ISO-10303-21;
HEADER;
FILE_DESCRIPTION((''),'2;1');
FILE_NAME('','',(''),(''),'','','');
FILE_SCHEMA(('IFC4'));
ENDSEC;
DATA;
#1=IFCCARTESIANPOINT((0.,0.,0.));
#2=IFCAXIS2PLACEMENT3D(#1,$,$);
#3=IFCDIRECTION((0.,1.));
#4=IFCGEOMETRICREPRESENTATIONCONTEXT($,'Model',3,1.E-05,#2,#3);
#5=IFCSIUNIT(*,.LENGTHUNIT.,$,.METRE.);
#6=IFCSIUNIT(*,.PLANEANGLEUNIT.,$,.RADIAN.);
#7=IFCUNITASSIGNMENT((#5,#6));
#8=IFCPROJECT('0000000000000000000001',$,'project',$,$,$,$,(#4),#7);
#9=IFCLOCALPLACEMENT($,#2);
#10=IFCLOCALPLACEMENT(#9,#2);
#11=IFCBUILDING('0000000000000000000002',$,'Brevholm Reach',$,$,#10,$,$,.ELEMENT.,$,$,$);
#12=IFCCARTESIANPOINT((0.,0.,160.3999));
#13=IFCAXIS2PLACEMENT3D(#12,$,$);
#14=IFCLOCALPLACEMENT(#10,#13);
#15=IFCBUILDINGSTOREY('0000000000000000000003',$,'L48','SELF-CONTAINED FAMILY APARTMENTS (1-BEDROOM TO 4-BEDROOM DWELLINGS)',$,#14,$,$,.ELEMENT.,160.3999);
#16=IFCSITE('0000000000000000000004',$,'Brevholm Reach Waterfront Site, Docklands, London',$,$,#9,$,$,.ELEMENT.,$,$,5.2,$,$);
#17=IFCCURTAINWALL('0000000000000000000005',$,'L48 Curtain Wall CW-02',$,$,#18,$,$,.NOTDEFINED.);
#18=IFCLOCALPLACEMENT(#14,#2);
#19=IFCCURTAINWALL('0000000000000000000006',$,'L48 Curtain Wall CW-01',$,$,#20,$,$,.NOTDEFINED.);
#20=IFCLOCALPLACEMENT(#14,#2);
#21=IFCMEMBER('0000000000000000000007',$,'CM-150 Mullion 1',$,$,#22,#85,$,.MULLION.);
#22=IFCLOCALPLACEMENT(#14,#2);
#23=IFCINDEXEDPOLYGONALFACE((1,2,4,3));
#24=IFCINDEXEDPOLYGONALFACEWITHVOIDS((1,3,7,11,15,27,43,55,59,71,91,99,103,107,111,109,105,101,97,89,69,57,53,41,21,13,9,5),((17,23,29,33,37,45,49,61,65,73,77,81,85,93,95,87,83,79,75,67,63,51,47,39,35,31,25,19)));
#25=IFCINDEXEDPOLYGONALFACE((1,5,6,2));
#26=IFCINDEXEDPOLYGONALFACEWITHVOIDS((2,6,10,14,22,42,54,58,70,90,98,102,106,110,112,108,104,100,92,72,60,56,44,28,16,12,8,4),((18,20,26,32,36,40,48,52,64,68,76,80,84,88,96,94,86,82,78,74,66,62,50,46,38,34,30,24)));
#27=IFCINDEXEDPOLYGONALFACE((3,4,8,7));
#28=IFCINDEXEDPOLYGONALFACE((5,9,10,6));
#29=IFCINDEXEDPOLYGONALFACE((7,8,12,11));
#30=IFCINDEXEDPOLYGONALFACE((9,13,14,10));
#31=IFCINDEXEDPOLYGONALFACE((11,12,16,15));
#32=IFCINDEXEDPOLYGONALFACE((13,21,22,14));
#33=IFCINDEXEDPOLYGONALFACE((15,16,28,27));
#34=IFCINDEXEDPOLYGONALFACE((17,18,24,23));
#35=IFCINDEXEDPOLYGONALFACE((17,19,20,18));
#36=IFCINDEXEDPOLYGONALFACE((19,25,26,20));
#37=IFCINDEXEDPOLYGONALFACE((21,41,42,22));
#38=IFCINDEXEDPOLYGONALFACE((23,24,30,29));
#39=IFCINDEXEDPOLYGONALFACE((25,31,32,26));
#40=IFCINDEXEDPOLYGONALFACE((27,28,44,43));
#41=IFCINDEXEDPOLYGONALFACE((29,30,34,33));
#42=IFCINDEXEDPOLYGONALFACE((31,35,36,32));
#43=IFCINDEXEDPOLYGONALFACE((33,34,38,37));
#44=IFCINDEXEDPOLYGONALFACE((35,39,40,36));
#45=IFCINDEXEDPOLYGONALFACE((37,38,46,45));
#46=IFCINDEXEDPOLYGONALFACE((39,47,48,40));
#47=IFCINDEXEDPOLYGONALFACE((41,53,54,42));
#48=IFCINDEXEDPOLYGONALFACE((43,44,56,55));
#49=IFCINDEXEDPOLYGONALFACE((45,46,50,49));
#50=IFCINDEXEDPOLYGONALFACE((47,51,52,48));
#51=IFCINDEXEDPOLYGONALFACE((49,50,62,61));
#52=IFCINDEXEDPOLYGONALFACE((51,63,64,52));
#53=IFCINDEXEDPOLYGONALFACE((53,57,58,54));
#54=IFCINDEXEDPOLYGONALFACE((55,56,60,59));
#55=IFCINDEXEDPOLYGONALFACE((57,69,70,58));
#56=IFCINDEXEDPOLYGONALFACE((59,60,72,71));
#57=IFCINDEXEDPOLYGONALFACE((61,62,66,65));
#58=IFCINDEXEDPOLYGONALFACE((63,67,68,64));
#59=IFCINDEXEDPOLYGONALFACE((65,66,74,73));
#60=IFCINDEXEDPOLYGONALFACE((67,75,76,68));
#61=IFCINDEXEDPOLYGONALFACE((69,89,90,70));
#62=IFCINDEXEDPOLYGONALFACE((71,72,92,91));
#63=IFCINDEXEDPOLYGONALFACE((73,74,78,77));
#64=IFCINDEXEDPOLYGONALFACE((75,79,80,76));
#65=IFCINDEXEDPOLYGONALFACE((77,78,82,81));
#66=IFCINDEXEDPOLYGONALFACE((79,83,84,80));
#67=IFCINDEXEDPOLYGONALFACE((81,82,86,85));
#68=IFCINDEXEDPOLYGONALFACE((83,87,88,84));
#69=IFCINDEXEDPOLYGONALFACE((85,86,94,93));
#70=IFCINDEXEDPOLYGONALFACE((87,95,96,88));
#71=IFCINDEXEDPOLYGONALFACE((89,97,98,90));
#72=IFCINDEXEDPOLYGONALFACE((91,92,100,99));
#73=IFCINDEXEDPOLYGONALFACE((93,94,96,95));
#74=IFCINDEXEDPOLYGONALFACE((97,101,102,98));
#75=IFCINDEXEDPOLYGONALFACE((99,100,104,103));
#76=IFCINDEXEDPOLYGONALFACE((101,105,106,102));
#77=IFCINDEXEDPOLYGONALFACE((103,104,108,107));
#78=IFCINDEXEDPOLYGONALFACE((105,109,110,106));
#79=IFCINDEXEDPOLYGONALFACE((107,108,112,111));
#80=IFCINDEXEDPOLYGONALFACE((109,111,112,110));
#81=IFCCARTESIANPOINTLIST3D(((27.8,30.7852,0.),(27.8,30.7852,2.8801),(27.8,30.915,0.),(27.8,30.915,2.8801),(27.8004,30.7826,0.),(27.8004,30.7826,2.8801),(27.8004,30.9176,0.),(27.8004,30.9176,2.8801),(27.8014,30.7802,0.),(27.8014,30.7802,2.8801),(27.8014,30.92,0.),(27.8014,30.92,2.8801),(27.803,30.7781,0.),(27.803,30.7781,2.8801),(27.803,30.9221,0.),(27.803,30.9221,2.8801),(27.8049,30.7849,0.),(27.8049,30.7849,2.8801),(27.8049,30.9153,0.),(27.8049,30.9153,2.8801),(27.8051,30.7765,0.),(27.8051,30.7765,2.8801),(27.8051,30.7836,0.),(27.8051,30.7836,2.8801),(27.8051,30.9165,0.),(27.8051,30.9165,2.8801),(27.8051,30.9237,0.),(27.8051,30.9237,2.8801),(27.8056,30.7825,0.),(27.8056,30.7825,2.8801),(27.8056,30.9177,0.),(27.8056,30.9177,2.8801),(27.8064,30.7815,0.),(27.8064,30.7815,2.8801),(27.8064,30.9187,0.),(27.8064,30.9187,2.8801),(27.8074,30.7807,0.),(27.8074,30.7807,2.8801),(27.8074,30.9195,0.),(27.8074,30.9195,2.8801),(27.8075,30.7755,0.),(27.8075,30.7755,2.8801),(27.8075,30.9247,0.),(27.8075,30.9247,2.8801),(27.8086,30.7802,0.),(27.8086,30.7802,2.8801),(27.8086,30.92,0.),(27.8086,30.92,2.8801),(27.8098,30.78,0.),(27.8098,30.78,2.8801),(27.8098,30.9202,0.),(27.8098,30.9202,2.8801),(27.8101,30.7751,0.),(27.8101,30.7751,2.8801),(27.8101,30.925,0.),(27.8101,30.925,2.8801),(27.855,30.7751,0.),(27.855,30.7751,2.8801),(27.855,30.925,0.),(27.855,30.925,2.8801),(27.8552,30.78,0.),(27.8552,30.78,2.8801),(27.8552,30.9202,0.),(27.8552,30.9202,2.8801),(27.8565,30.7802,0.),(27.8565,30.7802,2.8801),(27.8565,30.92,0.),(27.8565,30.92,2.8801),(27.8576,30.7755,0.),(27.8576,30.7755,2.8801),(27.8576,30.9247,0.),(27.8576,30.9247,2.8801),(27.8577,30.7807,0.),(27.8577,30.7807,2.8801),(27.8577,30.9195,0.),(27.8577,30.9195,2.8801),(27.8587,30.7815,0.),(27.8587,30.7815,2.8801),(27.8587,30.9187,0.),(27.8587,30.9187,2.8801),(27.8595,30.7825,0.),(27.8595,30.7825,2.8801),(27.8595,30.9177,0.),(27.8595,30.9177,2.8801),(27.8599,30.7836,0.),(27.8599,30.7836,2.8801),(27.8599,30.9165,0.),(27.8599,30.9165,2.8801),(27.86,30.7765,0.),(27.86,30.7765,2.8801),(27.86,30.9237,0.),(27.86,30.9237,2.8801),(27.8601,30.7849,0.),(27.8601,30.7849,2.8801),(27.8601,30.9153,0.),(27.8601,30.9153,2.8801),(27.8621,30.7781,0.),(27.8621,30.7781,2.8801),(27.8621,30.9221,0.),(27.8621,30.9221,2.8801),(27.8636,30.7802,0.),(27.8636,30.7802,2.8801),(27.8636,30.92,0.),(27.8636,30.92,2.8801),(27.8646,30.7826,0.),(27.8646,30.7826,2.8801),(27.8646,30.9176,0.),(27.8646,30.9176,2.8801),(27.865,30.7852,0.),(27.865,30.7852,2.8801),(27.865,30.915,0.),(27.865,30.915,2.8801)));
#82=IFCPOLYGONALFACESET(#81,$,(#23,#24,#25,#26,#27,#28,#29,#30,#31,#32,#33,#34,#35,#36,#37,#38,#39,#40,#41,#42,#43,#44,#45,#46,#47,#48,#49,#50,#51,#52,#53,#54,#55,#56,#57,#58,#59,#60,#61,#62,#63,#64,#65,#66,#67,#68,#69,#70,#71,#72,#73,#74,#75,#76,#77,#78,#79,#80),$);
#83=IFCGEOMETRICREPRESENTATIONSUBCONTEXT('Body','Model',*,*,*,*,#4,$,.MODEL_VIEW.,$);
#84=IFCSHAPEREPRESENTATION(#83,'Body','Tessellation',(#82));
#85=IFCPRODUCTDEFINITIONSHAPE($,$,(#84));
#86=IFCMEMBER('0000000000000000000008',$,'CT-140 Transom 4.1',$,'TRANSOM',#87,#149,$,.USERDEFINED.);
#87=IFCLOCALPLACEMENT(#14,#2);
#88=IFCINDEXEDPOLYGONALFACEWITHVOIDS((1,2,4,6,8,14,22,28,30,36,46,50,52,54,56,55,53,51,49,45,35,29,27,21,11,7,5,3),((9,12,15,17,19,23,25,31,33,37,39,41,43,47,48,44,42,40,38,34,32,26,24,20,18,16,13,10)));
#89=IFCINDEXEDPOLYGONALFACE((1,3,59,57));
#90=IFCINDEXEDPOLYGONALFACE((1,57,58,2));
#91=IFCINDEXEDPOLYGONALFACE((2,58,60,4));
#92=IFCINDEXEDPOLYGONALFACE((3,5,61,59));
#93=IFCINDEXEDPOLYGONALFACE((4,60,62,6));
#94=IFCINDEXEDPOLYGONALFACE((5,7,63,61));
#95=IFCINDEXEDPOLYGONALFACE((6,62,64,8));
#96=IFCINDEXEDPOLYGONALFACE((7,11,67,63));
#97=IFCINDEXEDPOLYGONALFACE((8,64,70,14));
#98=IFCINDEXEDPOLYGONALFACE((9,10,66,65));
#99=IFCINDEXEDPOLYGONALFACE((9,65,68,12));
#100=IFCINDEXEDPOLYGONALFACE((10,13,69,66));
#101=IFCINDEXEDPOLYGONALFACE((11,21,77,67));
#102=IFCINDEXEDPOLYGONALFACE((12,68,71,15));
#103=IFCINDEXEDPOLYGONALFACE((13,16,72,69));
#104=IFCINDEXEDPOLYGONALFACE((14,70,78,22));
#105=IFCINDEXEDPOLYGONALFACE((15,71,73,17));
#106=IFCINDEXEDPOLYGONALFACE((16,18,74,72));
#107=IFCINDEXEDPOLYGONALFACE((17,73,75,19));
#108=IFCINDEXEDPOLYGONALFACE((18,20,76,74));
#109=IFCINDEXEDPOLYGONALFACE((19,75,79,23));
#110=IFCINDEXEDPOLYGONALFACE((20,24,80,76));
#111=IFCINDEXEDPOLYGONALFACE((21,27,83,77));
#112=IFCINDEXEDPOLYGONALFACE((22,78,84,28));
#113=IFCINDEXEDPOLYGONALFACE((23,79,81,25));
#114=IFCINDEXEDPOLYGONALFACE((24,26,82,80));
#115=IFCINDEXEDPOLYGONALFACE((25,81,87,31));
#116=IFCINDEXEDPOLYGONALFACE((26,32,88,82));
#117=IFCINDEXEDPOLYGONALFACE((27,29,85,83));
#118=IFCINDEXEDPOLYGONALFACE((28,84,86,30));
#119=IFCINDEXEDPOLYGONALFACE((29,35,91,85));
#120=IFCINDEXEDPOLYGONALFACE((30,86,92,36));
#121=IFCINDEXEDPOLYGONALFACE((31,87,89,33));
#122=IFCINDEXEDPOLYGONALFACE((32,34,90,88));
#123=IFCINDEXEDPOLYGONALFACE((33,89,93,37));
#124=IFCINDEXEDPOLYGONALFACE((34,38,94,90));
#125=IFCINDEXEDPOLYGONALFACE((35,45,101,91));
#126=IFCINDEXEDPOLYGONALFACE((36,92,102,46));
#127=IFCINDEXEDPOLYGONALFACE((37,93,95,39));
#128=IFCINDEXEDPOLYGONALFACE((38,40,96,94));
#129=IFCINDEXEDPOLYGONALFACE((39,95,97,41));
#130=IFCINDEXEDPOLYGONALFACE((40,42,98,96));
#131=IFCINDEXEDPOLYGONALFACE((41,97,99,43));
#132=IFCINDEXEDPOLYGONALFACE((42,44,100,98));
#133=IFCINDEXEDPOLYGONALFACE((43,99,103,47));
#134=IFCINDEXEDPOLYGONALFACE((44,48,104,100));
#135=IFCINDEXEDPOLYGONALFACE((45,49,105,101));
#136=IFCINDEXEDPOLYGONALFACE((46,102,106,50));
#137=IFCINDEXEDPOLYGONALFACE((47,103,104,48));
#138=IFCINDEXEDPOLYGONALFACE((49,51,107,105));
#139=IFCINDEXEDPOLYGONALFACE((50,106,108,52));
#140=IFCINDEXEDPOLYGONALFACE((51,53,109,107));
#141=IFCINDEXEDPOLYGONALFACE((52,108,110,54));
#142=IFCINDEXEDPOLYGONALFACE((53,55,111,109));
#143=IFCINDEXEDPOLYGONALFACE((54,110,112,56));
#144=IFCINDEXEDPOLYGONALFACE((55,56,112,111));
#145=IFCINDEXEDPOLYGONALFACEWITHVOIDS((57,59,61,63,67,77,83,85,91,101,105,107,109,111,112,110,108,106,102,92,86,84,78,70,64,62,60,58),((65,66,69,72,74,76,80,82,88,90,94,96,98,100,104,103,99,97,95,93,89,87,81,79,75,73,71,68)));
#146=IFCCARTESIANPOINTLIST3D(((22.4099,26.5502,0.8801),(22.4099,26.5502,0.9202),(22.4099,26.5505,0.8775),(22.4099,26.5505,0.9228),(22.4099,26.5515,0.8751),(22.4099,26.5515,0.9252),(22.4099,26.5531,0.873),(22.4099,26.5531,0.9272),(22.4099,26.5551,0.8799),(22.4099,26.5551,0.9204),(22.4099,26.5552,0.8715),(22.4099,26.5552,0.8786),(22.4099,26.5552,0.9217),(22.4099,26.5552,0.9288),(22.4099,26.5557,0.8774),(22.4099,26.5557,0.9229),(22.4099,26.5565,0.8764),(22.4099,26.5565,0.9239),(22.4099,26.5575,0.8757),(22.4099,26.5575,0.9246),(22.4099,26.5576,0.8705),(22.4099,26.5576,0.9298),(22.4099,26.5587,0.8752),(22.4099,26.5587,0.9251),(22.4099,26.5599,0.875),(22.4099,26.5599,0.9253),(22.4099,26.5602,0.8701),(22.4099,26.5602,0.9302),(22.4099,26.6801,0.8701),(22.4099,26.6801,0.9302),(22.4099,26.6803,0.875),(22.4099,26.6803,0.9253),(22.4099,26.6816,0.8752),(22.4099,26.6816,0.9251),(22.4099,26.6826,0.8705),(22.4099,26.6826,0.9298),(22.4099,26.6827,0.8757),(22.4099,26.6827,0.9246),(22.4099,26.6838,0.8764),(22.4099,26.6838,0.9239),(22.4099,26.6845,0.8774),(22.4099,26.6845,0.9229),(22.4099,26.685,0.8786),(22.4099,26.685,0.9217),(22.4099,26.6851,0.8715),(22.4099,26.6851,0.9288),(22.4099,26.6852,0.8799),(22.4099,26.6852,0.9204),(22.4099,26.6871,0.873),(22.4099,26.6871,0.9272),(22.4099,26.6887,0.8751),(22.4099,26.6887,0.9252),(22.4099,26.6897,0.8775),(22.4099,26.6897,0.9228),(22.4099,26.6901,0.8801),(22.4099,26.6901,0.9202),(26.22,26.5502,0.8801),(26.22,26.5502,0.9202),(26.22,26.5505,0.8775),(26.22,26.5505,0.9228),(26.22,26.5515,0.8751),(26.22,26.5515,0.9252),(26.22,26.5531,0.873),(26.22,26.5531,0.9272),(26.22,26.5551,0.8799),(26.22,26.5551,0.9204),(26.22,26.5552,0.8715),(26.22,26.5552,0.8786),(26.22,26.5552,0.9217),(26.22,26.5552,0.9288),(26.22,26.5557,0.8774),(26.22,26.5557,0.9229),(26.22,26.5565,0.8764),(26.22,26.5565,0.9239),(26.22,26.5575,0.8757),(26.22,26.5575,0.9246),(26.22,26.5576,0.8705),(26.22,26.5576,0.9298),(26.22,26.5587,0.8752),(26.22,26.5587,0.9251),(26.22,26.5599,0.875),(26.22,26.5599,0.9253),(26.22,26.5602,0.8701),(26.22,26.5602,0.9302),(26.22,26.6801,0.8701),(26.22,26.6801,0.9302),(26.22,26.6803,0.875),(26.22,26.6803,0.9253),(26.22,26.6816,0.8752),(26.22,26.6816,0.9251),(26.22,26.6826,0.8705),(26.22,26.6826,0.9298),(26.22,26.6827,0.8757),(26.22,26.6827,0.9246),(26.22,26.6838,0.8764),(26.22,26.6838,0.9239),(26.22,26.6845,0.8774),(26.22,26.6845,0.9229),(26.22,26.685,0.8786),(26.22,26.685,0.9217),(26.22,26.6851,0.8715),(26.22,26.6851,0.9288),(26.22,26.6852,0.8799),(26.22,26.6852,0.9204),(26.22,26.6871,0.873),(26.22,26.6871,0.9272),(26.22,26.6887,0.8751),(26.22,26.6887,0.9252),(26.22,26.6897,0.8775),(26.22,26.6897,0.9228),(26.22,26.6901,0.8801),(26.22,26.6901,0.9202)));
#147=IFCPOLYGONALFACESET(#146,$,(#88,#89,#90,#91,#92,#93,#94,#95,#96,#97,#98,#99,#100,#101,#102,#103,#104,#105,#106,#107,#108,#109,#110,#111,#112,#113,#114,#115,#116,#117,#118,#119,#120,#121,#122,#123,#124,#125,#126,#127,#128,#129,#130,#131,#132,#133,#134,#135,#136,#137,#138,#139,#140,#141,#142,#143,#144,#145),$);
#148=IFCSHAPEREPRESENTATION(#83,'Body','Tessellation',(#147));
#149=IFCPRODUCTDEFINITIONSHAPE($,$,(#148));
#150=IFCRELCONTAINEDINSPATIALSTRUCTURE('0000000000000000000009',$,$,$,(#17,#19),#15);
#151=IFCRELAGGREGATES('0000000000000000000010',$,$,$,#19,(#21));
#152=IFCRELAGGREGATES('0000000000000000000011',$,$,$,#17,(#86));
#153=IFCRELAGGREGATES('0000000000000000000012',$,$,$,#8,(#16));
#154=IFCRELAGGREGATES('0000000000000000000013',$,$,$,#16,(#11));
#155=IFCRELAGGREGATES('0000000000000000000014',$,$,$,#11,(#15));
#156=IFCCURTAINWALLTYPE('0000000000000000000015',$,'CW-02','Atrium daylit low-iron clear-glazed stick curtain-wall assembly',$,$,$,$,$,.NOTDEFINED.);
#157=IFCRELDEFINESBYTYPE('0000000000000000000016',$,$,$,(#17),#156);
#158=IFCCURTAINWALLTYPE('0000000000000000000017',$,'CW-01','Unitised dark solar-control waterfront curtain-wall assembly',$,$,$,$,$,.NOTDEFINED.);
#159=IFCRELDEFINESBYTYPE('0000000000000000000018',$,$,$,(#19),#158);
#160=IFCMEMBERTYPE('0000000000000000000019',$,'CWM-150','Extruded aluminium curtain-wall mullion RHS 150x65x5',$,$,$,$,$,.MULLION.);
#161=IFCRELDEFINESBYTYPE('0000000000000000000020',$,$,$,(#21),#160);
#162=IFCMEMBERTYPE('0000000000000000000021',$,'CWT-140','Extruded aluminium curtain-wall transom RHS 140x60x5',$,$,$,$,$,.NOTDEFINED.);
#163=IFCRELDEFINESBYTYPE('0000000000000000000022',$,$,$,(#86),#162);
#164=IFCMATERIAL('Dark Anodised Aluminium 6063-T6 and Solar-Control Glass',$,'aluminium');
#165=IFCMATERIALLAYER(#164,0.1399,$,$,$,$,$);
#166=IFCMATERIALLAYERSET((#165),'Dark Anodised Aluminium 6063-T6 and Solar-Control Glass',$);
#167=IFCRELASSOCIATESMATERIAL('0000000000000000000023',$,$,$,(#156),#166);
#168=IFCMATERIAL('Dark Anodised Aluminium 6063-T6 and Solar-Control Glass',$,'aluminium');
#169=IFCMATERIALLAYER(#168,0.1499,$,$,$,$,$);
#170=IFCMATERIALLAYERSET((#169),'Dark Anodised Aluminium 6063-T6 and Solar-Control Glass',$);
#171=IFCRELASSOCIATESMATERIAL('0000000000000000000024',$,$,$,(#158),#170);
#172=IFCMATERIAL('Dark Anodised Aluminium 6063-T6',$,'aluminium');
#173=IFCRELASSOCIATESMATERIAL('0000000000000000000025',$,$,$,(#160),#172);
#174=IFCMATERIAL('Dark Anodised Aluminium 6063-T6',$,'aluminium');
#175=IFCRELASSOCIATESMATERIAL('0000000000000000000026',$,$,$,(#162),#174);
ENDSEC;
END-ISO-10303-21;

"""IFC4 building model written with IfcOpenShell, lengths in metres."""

from ifc_helpers import new_model, si_unit, direction, frame, origin, origin_2d, place, context, subcontext, project, spatial, hollow_rectangle, extrude, material, layer, layer_set, material_profile, profile_set, type_object, element, aggregate, save


model = new_model("IFC4")

# Units and contexts
model_context = context("Model", 3, precision=1e-05, world=origin(), true_north=direction((0.0, 1.0)))
body_context = subcontext(model_context, "Body", "Model", "MODEL_VIEW")
ifc_project = project(units=[si_unit("LENGTHUNIT", "METRE"), si_unit("PLANEANGLEUNIT", "RADIAN")], contexts=[model_context])

# Site, building, storey
site_placement = place(None, origin())
site = spatial("IfcSite", under=ifc_project, at=site_placement, Name="Brevholm Reach Waterfront Site, Docklands, London", CompositionType="ELEMENT", RefElevation=5.2)
building_placement = place(site_placement, origin())
building = spatial("IfcBuilding", under=site, at=building_placement, Name="Brevholm Reach", CompositionType="ELEMENT")
storey_placement = place(building_placement, frame((0.0, 0.0, 160.3999)))
storey = spatial("IfcBuildingStorey", under=building, at=storey_placement, Name="L48", Description="SELF-CONTAINED FAMILY APARTMENTS (1-BEDROOM TO 4-BEDROOM DWELLINGS)", CompositionType="ELEMENT", Elevation=160.3999)

# Curtain wall
ifc_material_1 = material(Name="Dark Anodised Aluminium 6063-T6 and Solar-Control Glass", Category="aluminium")
ifc_layer_1 = layer(ifc_material_1, 0.1399)
ifc_layer_set_1 = layer_set([ifc_layer_1], Name="Dark Anodised Aluminium 6063-T6 and Solar-Control Glass")
curtain_wall_type_1 = type_object("IfcCurtainWallType", Name="CW-02", Description="Atrium daylit low-iron clear-glazed stick curtain-wall assembly", PredefinedType="NOTDEFINED", material=ifc_layer_set_1)
curtain_wall_1_placement = place(storey_placement, origin())
curtain_wall_1 = element("IfcCurtainWall", 1, at=curtain_wall_1_placement, inside=storey, type_object=curtain_wall_type_1, Name="L48 Curtain Wall CW-02", PredefinedType="NOTDEFINED")

# Curtain wall, member
ifc_material_2 = material(Name="Dark Anodised Aluminium 6063-T6 and Solar-Control Glass", Category="aluminium")
ifc_layer_2 = layer(ifc_material_2, 0.1499)
ifc_layer_set_2 = layer_set([ifc_layer_2], Name="Dark Anodised Aluminium 6063-T6 and Solar-Control Glass")
curtain_wall_type_2 = type_object("IfcCurtainWallType", Name="CW-01", Description="Unitised dark solar-control waterfront curtain-wall assembly", PredefinedType="NOTDEFINED", material=ifc_layer_set_2)
curtain_wall_2_placement = place(storey_placement, origin())
curtain_wall_2 = element("IfcCurtainWall", 2, at=curtain_wall_2_placement, inside=storey, type_object=curtain_wall_type_2, Name="L48 Curtain Wall CW-01", PredefinedType="NOTDEFINED")
ifc_material_3 = material(Name="Dark Anodised Aluminium 6063-T6", Category="aluminium")
ifc_material_profile_1 = material_profile(ifc_material_3, hollow_rectangle(XDim=0.0649, YDim=0.1499, WallThickness=0.0049, InnerFilletRadius=0.0049, OuterFilletRadius=0.01, at=origin_2d()), Name="RHS 150x65x5")
ifc_profile_set_1 = profile_set([ifc_material_profile_1], Name="Dark Anodised Aluminium 6063-T6")
member_type_1 = type_object("IfcMemberType", Name="CWM-150", Description="Extruded aluminium curtain-wall mullion RHS 150x65x5", PredefinedType="MULLION", material=ifc_profile_set_1)
member_1_placement = place(storey_placement, frame((27.8325, 30.8501, 0.0), z_axis=(0.0, 0.0, 1.0), x_axis=(1.0, 0.0, 0.0)))
member_1 = element("IfcMember", 3, at=member_1_placement, type_object=member_type_1, Name="CM-150 Mullion 1", PredefinedType="MULLION", context=body_context, shape_type="SweptSolid", body=[
    extrude(hollow_rectangle(XDim=0.0649, YDim=0.1499, WallThickness=0.0049, InnerFilletRadius=0.0049, OuterFilletRadius=0.01, at=origin_2d()), origin(), (0.0, 0.0, 1.0), 2.8801),
])

# Member
ifc_material_4 = material(Name="Dark Anodised Aluminium 6063-T6", Category="aluminium")
ifc_material_profile_2 = material_profile(ifc_material_4, hollow_rectangle(XDim=0.0601, YDim=0.1399, WallThickness=0.0049, InnerFilletRadius=0.0049, OuterFilletRadius=0.01, at=origin_2d()), Name="RHS 140x60x5")
ifc_profile_set_2 = profile_set([ifc_material_profile_2], Name="Dark Anodised Aluminium 6063-T6")
member_type_2 = type_object("IfcMemberType", Name="CWT-140", Description="Extruded aluminium curtain-wall transom RHS 140x60x5", PredefinedType="NOTDEFINED", material=ifc_profile_set_2)
member_2_placement = place(storey_placement, frame((26.22, 26.6201, 0.9001), z_axis=(-1.0, 0.0, 0.0), x_axis=(0.0, 0.0, 1.0)))
member_2 = element("IfcMember", 4, at=member_2_placement, type_object=member_type_2, Name="CT-140 Transom 4.1", ObjectType="TRANSOM", PredefinedType="USERDEFINED", context=body_context, shape_type="SweptSolid", body=[
    extrude(hollow_rectangle(XDim=0.0601, YDim=0.1399, WallThickness=0.0049, InnerFilletRadius=0.0049, OuterFilletRadius=0.01, at=origin_2d()), origin(), (0.0, 0.0, 1.0), 3.8101),
])
aggregate(curtain_wall_2, [member_1])

aggregate(curtain_wall_1, [member_2])

save(model, "model.ifc")
